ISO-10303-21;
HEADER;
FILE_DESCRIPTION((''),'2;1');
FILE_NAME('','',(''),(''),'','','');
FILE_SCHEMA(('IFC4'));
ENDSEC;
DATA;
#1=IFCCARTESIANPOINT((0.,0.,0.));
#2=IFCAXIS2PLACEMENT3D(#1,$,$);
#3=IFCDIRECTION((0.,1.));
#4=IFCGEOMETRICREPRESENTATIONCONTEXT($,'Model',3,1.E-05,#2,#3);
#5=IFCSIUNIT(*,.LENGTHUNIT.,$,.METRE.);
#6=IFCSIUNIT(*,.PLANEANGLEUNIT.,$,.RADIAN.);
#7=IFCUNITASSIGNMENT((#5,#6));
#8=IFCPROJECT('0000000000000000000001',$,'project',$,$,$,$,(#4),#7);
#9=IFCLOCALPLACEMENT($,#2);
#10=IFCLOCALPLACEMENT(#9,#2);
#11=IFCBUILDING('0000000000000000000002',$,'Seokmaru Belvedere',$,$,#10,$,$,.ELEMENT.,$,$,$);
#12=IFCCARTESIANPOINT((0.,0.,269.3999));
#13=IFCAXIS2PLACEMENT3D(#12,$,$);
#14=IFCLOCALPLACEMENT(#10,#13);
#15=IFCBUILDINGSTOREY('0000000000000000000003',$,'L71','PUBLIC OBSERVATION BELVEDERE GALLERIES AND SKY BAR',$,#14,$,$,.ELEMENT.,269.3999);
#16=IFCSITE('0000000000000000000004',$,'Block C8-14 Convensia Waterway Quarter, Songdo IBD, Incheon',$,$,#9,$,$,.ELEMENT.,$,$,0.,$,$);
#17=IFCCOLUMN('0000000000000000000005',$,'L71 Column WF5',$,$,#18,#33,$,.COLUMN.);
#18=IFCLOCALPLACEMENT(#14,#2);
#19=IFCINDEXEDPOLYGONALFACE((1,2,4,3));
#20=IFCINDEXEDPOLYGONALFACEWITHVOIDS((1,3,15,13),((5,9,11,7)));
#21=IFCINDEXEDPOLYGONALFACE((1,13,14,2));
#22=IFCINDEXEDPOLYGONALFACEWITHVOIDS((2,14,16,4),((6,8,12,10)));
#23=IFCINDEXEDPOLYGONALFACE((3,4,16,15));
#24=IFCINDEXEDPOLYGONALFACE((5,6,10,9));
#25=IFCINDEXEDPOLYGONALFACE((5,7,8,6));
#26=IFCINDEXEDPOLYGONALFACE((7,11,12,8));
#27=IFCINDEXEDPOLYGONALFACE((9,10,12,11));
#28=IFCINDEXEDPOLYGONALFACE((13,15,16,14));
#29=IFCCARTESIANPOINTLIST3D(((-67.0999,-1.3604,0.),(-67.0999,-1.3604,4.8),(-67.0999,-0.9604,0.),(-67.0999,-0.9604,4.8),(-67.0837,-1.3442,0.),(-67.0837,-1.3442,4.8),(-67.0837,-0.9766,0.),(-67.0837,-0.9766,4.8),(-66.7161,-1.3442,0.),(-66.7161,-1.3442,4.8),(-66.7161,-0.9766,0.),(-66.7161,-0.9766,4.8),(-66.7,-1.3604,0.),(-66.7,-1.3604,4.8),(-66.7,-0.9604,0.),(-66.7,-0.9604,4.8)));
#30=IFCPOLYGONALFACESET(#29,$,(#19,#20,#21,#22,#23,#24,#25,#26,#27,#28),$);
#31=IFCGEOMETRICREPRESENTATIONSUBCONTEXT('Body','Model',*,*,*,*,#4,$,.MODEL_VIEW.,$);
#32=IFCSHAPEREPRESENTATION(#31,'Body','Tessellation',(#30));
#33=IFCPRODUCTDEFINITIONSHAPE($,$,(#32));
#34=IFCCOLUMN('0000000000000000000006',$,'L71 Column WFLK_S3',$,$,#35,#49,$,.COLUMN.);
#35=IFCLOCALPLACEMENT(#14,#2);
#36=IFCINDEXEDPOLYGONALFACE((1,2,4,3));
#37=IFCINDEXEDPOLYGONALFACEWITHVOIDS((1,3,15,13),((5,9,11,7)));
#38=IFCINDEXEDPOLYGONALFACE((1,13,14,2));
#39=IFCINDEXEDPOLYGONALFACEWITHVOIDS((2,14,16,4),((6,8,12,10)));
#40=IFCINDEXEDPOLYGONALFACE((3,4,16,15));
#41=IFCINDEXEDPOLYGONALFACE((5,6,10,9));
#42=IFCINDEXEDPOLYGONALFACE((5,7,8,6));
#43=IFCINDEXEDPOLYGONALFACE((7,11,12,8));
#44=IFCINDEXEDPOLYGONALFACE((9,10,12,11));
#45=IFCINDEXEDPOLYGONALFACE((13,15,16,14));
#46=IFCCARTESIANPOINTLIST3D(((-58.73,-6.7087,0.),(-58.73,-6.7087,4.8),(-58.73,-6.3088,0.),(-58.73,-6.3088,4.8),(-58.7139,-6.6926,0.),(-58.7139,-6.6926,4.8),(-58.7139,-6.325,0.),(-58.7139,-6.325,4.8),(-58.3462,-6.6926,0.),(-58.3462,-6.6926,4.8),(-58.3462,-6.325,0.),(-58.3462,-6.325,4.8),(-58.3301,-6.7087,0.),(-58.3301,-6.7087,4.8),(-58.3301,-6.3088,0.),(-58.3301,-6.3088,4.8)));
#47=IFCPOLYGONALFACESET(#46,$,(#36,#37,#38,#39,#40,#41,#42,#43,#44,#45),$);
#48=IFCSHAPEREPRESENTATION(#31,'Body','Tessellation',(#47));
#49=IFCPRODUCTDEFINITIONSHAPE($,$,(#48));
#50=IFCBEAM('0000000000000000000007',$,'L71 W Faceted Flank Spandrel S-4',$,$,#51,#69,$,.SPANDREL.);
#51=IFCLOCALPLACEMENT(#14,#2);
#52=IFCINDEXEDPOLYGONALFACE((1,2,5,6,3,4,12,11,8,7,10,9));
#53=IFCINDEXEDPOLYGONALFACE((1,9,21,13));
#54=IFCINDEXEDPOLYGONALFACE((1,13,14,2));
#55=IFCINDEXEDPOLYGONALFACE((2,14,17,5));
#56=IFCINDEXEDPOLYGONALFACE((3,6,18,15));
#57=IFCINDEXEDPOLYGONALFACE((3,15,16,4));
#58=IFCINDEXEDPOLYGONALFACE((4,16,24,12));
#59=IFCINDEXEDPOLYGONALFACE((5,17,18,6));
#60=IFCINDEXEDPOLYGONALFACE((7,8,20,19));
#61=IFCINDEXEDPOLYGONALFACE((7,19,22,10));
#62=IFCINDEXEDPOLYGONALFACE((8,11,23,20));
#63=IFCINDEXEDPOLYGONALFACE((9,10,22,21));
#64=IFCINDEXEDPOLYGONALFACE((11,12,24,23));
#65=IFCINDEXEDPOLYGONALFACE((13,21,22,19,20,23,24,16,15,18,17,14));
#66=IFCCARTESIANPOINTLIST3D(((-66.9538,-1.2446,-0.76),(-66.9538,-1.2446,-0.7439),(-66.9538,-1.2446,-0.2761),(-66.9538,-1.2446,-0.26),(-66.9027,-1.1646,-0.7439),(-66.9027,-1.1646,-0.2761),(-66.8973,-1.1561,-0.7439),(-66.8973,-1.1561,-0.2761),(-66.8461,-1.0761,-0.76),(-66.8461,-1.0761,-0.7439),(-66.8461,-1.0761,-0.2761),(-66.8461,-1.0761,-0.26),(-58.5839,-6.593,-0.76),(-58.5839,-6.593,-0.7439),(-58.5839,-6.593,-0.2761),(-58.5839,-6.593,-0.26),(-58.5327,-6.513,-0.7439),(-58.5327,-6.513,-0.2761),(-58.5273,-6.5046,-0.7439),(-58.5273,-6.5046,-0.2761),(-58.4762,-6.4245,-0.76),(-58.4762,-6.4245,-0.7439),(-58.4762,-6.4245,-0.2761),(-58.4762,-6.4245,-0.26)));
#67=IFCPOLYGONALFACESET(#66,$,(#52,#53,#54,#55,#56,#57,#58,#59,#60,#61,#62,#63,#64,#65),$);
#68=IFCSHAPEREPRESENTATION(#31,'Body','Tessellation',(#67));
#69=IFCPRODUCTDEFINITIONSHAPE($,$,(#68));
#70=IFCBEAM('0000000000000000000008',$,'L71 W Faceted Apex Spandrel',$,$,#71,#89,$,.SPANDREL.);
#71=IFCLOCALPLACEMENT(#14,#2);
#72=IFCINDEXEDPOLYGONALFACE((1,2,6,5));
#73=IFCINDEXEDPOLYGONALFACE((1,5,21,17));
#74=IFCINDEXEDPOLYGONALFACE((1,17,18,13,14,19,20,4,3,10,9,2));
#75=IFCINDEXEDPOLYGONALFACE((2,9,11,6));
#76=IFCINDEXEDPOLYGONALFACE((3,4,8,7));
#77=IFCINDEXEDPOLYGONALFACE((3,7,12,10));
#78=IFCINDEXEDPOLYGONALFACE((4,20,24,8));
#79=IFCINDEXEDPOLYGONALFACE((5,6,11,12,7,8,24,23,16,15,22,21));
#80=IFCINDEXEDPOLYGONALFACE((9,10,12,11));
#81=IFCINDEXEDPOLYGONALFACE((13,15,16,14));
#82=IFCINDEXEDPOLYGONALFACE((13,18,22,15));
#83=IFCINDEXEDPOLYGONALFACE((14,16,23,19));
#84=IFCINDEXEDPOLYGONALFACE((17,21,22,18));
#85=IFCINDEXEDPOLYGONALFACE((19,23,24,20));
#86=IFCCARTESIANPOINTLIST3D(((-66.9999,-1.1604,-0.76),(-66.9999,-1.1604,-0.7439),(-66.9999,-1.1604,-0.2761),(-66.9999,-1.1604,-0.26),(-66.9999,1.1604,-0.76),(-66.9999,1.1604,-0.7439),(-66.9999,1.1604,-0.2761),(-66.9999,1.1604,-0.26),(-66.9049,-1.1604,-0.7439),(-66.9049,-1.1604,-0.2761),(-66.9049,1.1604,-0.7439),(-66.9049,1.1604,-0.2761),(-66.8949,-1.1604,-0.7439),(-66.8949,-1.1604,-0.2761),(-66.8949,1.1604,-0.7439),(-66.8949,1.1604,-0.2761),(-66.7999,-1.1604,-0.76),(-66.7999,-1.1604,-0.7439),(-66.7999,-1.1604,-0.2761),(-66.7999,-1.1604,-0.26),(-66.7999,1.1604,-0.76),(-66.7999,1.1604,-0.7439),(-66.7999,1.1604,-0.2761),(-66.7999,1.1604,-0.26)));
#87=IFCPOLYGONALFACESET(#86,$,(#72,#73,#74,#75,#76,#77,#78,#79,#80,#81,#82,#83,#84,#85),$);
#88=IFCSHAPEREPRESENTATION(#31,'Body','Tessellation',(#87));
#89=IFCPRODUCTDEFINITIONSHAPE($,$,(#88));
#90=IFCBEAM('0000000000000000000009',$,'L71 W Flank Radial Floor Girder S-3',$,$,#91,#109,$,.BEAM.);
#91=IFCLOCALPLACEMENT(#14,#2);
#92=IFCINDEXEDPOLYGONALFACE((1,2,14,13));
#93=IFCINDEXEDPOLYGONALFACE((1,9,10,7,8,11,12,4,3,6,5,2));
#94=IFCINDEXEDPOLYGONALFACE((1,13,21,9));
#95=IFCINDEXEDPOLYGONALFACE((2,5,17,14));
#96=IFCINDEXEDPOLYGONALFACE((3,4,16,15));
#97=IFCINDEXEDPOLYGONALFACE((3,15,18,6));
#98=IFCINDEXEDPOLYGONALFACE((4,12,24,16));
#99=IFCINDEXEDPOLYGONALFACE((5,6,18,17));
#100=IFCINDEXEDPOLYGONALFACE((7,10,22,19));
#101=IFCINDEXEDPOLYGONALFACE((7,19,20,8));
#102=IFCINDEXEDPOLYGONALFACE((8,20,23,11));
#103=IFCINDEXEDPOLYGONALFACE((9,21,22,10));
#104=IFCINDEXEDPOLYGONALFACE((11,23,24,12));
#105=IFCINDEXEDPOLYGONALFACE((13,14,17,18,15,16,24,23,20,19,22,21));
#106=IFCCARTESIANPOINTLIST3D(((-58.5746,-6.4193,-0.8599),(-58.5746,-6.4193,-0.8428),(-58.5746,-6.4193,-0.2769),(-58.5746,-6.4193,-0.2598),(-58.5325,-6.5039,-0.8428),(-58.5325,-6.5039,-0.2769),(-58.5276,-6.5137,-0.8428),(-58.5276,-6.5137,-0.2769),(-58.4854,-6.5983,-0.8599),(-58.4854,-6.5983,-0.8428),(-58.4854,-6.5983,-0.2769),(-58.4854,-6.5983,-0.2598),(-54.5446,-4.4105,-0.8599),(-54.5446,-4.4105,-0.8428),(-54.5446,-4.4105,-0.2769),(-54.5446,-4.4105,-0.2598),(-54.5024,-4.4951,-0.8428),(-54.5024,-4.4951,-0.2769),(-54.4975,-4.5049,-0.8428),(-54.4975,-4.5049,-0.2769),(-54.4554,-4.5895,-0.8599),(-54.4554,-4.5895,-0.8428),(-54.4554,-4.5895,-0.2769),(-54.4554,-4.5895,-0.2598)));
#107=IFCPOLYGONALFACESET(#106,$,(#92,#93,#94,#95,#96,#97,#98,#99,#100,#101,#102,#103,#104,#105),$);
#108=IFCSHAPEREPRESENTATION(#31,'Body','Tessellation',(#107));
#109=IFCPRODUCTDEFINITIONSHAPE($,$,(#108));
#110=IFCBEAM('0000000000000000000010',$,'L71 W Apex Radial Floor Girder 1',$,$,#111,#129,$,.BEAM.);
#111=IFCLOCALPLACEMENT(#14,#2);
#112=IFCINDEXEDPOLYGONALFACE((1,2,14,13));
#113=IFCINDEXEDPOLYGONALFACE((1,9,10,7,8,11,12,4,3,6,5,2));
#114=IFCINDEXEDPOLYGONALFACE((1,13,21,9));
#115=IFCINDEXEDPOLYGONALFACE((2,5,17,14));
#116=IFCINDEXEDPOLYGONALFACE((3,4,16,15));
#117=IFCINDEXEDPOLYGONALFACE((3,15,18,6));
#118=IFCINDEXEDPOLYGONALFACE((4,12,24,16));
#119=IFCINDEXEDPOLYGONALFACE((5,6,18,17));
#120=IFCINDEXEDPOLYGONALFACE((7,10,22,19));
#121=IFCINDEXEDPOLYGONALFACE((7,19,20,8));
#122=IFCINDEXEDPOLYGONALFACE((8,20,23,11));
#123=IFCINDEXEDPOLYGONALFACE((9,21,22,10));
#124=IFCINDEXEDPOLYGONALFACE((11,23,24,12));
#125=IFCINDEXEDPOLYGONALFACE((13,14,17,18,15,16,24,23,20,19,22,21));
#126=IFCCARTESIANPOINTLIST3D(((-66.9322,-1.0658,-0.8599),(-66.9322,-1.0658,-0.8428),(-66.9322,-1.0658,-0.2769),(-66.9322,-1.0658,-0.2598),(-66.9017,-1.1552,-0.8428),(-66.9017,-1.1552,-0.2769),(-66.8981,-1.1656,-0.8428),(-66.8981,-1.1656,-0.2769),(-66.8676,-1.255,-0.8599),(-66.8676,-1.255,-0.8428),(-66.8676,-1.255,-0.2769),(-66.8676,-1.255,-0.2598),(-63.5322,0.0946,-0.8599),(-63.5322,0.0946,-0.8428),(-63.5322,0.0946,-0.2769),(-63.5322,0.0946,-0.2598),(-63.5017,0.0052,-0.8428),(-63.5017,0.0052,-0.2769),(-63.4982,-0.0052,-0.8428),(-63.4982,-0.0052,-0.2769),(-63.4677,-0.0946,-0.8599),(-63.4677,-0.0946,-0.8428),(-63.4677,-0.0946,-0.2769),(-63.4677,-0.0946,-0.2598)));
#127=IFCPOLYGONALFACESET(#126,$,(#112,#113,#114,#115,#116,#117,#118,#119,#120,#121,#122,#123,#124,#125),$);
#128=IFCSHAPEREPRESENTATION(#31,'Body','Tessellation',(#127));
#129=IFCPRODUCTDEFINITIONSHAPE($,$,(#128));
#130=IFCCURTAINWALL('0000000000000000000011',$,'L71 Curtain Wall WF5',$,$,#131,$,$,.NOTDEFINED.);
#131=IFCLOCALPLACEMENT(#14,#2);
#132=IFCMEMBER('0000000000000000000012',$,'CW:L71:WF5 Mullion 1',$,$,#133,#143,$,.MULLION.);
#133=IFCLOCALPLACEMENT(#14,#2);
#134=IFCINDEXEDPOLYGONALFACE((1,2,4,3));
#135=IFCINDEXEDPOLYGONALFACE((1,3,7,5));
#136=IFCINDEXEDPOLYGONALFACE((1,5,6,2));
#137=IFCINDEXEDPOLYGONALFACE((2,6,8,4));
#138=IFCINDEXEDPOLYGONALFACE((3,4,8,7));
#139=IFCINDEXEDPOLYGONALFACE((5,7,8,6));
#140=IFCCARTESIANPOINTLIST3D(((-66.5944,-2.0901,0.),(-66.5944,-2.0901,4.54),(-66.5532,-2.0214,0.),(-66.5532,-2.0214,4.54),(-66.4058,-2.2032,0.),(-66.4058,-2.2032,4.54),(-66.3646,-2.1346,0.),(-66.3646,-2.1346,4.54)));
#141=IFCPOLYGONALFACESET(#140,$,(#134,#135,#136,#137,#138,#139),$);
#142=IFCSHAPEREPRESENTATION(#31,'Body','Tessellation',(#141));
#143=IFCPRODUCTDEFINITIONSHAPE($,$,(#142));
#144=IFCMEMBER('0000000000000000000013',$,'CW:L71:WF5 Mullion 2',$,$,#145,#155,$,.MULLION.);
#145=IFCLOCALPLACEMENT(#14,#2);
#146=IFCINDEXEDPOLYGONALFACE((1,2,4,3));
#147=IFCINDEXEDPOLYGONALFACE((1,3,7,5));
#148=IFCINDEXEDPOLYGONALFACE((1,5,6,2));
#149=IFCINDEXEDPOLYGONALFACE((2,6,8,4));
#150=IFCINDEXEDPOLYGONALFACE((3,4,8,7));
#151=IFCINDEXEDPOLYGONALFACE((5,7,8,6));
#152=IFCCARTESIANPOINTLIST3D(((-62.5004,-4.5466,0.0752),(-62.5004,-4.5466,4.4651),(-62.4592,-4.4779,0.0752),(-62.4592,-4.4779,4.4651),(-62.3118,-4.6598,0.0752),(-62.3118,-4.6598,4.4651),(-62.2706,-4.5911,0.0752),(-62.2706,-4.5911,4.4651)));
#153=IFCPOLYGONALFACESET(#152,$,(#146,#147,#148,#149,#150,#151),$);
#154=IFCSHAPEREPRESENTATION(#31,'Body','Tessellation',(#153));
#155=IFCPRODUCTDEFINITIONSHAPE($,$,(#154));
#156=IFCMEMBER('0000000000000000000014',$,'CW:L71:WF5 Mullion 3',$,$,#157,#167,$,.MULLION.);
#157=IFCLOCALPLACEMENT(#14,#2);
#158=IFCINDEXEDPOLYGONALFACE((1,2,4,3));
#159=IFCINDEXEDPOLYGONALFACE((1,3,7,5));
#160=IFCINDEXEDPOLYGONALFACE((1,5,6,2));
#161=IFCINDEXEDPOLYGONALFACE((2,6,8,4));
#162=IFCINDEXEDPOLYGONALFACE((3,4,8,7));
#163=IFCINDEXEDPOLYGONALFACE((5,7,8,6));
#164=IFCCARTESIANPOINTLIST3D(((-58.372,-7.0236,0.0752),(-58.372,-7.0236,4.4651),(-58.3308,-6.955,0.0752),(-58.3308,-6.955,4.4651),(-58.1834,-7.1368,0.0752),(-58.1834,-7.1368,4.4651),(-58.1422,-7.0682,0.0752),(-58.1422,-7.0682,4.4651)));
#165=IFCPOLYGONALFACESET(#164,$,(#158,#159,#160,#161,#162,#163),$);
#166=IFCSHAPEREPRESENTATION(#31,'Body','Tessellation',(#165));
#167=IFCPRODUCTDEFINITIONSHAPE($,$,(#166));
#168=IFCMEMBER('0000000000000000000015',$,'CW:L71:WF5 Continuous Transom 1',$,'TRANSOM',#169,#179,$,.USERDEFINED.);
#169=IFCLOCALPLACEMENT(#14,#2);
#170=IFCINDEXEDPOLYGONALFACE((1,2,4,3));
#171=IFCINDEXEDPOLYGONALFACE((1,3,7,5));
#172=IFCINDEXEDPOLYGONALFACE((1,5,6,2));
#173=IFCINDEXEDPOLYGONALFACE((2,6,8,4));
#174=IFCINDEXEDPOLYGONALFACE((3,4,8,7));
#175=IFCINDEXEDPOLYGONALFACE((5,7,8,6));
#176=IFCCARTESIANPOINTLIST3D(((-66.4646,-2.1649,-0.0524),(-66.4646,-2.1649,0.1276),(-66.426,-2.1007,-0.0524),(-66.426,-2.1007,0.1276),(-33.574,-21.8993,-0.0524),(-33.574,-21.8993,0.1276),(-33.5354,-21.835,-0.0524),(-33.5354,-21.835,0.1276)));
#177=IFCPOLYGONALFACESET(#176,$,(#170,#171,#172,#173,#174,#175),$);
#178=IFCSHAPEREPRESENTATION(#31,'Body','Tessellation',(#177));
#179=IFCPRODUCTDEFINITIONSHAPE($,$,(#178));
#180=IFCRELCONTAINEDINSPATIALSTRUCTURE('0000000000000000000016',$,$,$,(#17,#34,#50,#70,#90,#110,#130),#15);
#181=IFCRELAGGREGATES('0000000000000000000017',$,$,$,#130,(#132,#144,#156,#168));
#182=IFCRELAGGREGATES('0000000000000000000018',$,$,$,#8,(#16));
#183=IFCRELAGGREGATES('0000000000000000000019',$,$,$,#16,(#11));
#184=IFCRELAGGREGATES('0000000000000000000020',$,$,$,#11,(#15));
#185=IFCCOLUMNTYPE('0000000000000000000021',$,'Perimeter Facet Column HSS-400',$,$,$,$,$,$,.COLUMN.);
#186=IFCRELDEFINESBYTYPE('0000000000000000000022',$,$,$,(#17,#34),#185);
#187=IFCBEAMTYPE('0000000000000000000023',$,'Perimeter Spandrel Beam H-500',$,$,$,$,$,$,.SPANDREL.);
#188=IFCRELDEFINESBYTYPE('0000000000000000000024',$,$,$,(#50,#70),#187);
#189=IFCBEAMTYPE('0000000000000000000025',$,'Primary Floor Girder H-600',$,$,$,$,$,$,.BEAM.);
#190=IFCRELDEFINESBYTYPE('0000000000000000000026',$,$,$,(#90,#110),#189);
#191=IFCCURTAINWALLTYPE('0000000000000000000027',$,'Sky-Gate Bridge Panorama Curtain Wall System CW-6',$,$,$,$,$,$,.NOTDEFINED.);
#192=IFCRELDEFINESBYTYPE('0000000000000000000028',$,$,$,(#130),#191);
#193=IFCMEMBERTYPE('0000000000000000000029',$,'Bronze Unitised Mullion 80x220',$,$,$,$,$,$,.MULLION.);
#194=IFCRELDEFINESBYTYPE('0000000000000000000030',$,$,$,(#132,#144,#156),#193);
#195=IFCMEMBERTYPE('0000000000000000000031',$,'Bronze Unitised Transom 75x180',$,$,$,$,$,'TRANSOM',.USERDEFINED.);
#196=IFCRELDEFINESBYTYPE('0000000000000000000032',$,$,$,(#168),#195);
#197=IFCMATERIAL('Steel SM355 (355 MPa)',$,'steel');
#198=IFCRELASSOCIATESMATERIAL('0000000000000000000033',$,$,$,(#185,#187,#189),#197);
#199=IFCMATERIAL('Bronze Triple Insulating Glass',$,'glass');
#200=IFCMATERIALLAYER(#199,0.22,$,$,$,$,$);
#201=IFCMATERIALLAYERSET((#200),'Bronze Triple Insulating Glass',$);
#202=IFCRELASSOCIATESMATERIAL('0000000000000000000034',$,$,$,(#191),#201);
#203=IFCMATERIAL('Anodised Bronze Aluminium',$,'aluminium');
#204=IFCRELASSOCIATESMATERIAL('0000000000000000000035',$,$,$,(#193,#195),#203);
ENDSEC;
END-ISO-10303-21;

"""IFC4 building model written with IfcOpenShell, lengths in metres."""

from ifc_helpers import new_model, si_unit, direction, frame, origin, origin_2d, place, context, subcontext, project, spatial, rectangle, hollow_rectangle, i_section, extrude, source, transform, mapped, material, layer, layer_set, material_profile, profile_set, type_object, type_shapes, element, aggregate, save


model = new_model("IFC4")

# Units and contexts
model_context = context("Model", 3, precision=1e-05, world=origin(), true_north=direction((0.0, 1.0)))
body_context = subcontext(model_context, "Body", "Model", "MODEL_VIEW")
ifc_project = project(units=[si_unit("LENGTHUNIT", "METRE"), si_unit("PLANEANGLEUNIT", "RADIAN")], contexts=[model_context])

# Site, building, storey
site_placement = place(None, origin())
site = spatial("IfcSite", under=ifc_project, at=site_placement, Name="Block C8-14 Convensia Waterway Quarter, Songdo IBD, Incheon", CompositionType="ELEMENT", RefElevation=0.0)
building_placement = place(site_placement, origin())
building = spatial("IfcBuilding", under=site, at=building_placement, Name="Seokmaru Belvedere", CompositionType="ELEMENT")
storey_placement = place(building_placement, frame((0.0, 0.0, 269.3999)))
storey = spatial("IfcBuildingStorey", under=building, at=storey_placement, Name="L71", Description="PUBLIC OBSERVATION BELVEDERE GALLERIES AND SKY BAR", CompositionType="ELEMENT", Elevation=269.3999)

# Columns
ifc_material_1 = material(Name="Steel SM355 (355 MPa)", Category="steel")
ifc_material_profile_1 = material_profile(ifc_material_1, hollow_rectangle(XDim=0.3999, YDim=0.3999, WallThickness=0.0161, at=origin_2d()), Name="HSS-400x400x16")
ifc_profile_set_1 = profile_set([ifc_material_profile_1], Name="Steel SM355 (355 MPa)")
column_type = type_object("IfcColumnType", Name="Perimeter Facet Column HSS-400", PredefinedType="COLUMN", material=ifc_profile_set_1)
shared_shape_1 = source(origin(), body_context, "Body", "SweptSolid", [
    extrude(hollow_rectangle(XDim=0.3999, YDim=0.3999, WallThickness=0.0161, at=origin_2d()), origin(), (0.0, 0.0, 1.0), 4.8),
])
type_shapes(column_type, [shared_shape_1])
for number, where, z_axis, x_axis, name in (
    (1, (-66.8999, -1.1604, 0.0), (0.0, 0.0, 1.0), (1.0, 0.0, 0.0), "L71 Column WF5"),
    (2, (-58.53, -6.5088, 0.0), (0.0, 0.0, 1.0), (1.0, 0.0, 0.0), "L71 Column WFLK_S3"),
):
    element("IfcColumn", number, at=place(storey_placement, frame(where, z_axis=z_axis, x_axis=x_axis)), inside=storey, type_object=column_type, Name=name, PredefinedType="COLUMN", context=body_context, shape_type="MappedRepresentation", body=[
        mapped(shared_shape_1, transform((0.0, 0.0, 0.0), scale=1.0)),
    ])

# Beams
ifc_material_profile_2 = material_profile(ifc_material_1, i_section(OverallWidth=0.2, OverallDepth=0.5, WebThickness=0.01, FlangeThickness=0.0161, at=origin_2d()), Name="H-500x200x10x16")
ifc_profile_set_2 = profile_set([ifc_material_profile_2], Name="Steel SM355 (355 MPa)")
beam_type_1 = type_object("IfcBeamType", Name="Perimeter Spandrel Beam H-500", PredefinedType="SPANDREL", material=ifc_profile_set_2)
shared_shape_2 = source(origin(), body_context, "Body", "SweptSolid", [
    extrude(i_section(OverallWidth=0.2, OverallDepth=0.5, WebThickness=0.01, FlangeThickness=0.0161, at=origin_2d()), origin(), (0.0, 0.0, 1.0), 9.9329),
])
beam_1_placement = place(storey_placement, frame((-58.53, -6.5088, -0.51), z_axis=(-0.842652, 0.538459, 0.0), x_axis=(-0.538459, -0.842652, 0.0)))
element("IfcBeam", 3, at=beam_1_placement, inside=storey, type_object=beam_type_1, Name="L71 W Faceted Flank Spandrel S-4", PredefinedType="SPANDREL", context=body_context, shape_type="MappedRepresentation", body=[
    mapped(shared_shape_2, transform((0.0, 0.0, 0.0), scale=1.0)),
])
shared_shape_3 = source(origin(), body_context, "Body", "SweptSolid", [
    extrude(i_section(OverallWidth=0.2, OverallDepth=0.5, WebThickness=0.01, FlangeThickness=0.0161, at=origin_2d()), origin(), (0.0, 0.0, 1.0), 2.3208),
])
type_shapes(beam_type_1, [shared_shape_2, shared_shape_3])
beam_2_placement = place(storey_placement, frame((-66.8999, -1.1604, -0.51), z_axis=(0.0, 1.0, 0.0), x_axis=(-1.0, 0.0, 0.0)))
element("IfcBeam", 4, at=beam_2_placement, inside=storey, type_object=beam_type_1, Name="L71 W Faceted Apex Spandrel", PredefinedType="SPANDREL", context=body_context, shape_type="MappedRepresentation", body=[
    mapped(shared_shape_3, transform((0.0, 0.0, 0.0), scale=1.0)),
])
ifc_material_profile_3 = material_profile(ifc_material_1, i_section(OverallWidth=0.2, OverallDepth=0.6001, WebThickness=0.011, FlangeThickness=0.0171, at=origin_2d()), Name="H-600x200x11x17")
ifc_profile_set_3 = profile_set([ifc_material_profile_3], Name="Steel SM355 (355 MPa)")
beam_type_2 = type_object("IfcBeamType", Name="Primary Floor Girder H-600", PredefinedType="BEAM", material=ifc_profile_set_3)
shared_shape_4 = source(origin(), body_context, "Body", "SweptSolid", [
    extrude(i_section(OverallWidth=0.2, OverallDepth=0.6001, WebThickness=0.011, FlangeThickness=0.0171, at=origin_2d()), origin(), (0.0, 0.0, 1.0), 4.5029),
])
beam_3_placement = place(storey_placement, frame((-58.53, -6.5088, -0.5598), z_axis=(0.89498, 0.446107, 0.0), x_axis=(-0.446107, 0.89498, 0.0)))
element("IfcBeam", 5, at=beam_3_placement, inside=storey, type_object=beam_type_2, Name="L71 W Flank Radial Floor Girder S-3", PredefinedType="BEAM", context=body_context, shape_type="MappedRepresentation", body=[
    mapped(shared_shape_4, transform((0.0, 0.0, 0.0), scale=1.0)),
])
shared_shape_5 = source(origin(), body_context, "Body", "SweptSolid", [
    extrude(i_section(OverallWidth=0.2, OverallDepth=0.6001, WebThickness=0.011, FlangeThickness=0.0171, at=origin_2d()), origin(), (0.0, 0.0, 1.0), 3.5925),
])
type_shapes(beam_type_2, [shared_shape_4, shared_shape_5])
beam_4_placement = place(storey_placement, frame((-66.8999, -1.1604, -0.5598), z_axis=(0.946396, 0.323009, 0.0), x_axis=(-0.323009, 0.946396, 0.0)))
element("IfcBeam", 6, at=beam_4_placement, inside=storey, type_object=beam_type_2, Name="L71 W Apex Radial Floor Girder 1", PredefinedType="BEAM", context=body_context, shape_type="MappedRepresentation", body=[
    mapped(shared_shape_5, transform((0.0, 0.0, 0.0), scale=1.0)),
])

# Curtain wall, members
ifc_material_2 = material(Name="Bronze Triple Insulating Glass", Category="glass")
ifc_layer_1 = layer(ifc_material_2, 0.22)
ifc_layer_set_1 = layer_set([ifc_layer_1], Name="Bronze Triple Insulating Glass")
curtain_wall_type = type_object("IfcCurtainWallType", Name="Sky-Gate Bridge Panorama Curtain Wall System CW-6", PredefinedType="NOTDEFINED", material=ifc_layer_set_1)
curtain_wall_placement = place(storey_placement, origin())
curtain_wall = element("IfcCurtainWall", 7, at=curtain_wall_placement, inside=storey, type_object=curtain_wall_type, Name="L71 Curtain Wall WF5", PredefinedType="NOTDEFINED")
ifc_material_3 = material(Name="Anodised Bronze Aluminium", Category="aluminium")
ifc_material_profile_4 = material_profile(ifc_material_3, rectangle(XDim=0.0801, YDim=0.22, at=origin_2d()), Name="CW-M-80x220")
ifc_profile_set_4 = profile_set([ifc_material_profile_4], Name="Anodised Bronze Aluminium")
member_type_1 = type_object("IfcMemberType", Name="Bronze Unitised Mullion 80x220", PredefinedType="MULLION", material=ifc_profile_set_4)
shared_shape_6 = source(origin(), body_context, "Body", "SweptSolid", [
    extrude(rectangle(XDim=0.0801, YDim=0.22, at=origin_2d()), origin(), (0.0, 0.0, 1.0), 4.54),
])
member_1_placement = place(storey_placement, frame((-66.4795, -2.1123, 0.0), z_axis=(0.0, 0.0, 1.0), x_axis=(0.514495, 0.857493, 0.0)))
member_1 = element("IfcMember", 8, at=member_1_placement, type_object=member_type_1, Name="CW:L71:WF5 Mullion 1", PredefinedType="MULLION", context=body_context, shape_type="MappedRepresentation", body=[
    mapped(shared_shape_6, transform((0.0, 0.0, 0.0), scale=1.0)),
])
shared_shape_7 = source(origin(), body_context, "Body", "SweptSolid", [
    extrude(rectangle(XDim=0.0801, YDim=0.22, at=origin_2d()), origin(), (0.0, 0.0, 1.0), 4.3899),
])
type_shapes(member_type_1, [shared_shape_6, shared_shape_7])
member_2_placement = place(storey_placement, frame((-62.3855, -4.5688, 0.0752), z_axis=(0.0, 0.0, 1.0), x_axis=(0.514495, 0.857493, 0.0)))
member_2 = element("IfcMember", 9, at=member_2_placement, type_object=member_type_1, Name="CW:L71:WF5 Mullion 2", PredefinedType="MULLION", context=body_context, shape_type="MappedRepresentation", body=[
    mapped(shared_shape_7, transform((0.0, 0.0, 0.0), scale=1.0)),
])
member_3_placement = place(storey_placement, frame((-58.2571, -7.0459, 0.0752), z_axis=(0.0, 0.0, 1.0), x_axis=(0.514495, 0.857493, 0.0)))
member_3 = element("IfcMember", 10, at=member_3_placement, type_object=member_type_1, Name="CW:L71:WF5 Mullion 3", PredefinedType="MULLION", context=body_context, shape_type="MappedRepresentation", body=[
    mapped(shared_shape_7, transform((0.0, 0.0, 0.0), scale=1.0)),
])
ifc_material_profile_5 = material_profile(ifc_material_3, rectangle(XDim=0.075, YDim=0.1799, at=origin_2d()), Name="CW-T-75x180")
ifc_profile_set_5 = profile_set([ifc_material_profile_5], Name="Anodised Bronze Aluminium")
member_type_2 = type_object("IfcMemberType", Name="Bronze Unitised Transom 75x180", ElementType="TRANSOM", PredefinedType="USERDEFINED", material=ifc_profile_set_5)
shared_shape_8 = source(origin(), body_context, "Body", "SweptSolid", [
    extrude(rectangle(XDim=0.075, YDim=0.1799, at=origin_2d()), origin(), (0.0, 0.0, 1.0), 38.3567),
])
member_4_placement = place(storey_placement, frame((-66.4453, -2.1328, 0.0376), z_axis=(0.857493, -0.514496, 0.0), x_axis=(0.514496, 0.857493, 0.0)))
member_4 = element("IfcMember", 11, at=member_4_placement, type_object=member_type_2, Name="CW:L71:WF5 Continuous Transom 1", ObjectType="TRANSOM", PredefinedType="USERDEFINED", context=body_context, shape_type="MappedRepresentation", body=[
    mapped(shared_shape_8, transform((0.0, 0.0, 0.0), scale=1.0)),
])
aggregate(curtain_wall, [member_1, member_2, member_3, member_4])

save(model, "model.ifc")
